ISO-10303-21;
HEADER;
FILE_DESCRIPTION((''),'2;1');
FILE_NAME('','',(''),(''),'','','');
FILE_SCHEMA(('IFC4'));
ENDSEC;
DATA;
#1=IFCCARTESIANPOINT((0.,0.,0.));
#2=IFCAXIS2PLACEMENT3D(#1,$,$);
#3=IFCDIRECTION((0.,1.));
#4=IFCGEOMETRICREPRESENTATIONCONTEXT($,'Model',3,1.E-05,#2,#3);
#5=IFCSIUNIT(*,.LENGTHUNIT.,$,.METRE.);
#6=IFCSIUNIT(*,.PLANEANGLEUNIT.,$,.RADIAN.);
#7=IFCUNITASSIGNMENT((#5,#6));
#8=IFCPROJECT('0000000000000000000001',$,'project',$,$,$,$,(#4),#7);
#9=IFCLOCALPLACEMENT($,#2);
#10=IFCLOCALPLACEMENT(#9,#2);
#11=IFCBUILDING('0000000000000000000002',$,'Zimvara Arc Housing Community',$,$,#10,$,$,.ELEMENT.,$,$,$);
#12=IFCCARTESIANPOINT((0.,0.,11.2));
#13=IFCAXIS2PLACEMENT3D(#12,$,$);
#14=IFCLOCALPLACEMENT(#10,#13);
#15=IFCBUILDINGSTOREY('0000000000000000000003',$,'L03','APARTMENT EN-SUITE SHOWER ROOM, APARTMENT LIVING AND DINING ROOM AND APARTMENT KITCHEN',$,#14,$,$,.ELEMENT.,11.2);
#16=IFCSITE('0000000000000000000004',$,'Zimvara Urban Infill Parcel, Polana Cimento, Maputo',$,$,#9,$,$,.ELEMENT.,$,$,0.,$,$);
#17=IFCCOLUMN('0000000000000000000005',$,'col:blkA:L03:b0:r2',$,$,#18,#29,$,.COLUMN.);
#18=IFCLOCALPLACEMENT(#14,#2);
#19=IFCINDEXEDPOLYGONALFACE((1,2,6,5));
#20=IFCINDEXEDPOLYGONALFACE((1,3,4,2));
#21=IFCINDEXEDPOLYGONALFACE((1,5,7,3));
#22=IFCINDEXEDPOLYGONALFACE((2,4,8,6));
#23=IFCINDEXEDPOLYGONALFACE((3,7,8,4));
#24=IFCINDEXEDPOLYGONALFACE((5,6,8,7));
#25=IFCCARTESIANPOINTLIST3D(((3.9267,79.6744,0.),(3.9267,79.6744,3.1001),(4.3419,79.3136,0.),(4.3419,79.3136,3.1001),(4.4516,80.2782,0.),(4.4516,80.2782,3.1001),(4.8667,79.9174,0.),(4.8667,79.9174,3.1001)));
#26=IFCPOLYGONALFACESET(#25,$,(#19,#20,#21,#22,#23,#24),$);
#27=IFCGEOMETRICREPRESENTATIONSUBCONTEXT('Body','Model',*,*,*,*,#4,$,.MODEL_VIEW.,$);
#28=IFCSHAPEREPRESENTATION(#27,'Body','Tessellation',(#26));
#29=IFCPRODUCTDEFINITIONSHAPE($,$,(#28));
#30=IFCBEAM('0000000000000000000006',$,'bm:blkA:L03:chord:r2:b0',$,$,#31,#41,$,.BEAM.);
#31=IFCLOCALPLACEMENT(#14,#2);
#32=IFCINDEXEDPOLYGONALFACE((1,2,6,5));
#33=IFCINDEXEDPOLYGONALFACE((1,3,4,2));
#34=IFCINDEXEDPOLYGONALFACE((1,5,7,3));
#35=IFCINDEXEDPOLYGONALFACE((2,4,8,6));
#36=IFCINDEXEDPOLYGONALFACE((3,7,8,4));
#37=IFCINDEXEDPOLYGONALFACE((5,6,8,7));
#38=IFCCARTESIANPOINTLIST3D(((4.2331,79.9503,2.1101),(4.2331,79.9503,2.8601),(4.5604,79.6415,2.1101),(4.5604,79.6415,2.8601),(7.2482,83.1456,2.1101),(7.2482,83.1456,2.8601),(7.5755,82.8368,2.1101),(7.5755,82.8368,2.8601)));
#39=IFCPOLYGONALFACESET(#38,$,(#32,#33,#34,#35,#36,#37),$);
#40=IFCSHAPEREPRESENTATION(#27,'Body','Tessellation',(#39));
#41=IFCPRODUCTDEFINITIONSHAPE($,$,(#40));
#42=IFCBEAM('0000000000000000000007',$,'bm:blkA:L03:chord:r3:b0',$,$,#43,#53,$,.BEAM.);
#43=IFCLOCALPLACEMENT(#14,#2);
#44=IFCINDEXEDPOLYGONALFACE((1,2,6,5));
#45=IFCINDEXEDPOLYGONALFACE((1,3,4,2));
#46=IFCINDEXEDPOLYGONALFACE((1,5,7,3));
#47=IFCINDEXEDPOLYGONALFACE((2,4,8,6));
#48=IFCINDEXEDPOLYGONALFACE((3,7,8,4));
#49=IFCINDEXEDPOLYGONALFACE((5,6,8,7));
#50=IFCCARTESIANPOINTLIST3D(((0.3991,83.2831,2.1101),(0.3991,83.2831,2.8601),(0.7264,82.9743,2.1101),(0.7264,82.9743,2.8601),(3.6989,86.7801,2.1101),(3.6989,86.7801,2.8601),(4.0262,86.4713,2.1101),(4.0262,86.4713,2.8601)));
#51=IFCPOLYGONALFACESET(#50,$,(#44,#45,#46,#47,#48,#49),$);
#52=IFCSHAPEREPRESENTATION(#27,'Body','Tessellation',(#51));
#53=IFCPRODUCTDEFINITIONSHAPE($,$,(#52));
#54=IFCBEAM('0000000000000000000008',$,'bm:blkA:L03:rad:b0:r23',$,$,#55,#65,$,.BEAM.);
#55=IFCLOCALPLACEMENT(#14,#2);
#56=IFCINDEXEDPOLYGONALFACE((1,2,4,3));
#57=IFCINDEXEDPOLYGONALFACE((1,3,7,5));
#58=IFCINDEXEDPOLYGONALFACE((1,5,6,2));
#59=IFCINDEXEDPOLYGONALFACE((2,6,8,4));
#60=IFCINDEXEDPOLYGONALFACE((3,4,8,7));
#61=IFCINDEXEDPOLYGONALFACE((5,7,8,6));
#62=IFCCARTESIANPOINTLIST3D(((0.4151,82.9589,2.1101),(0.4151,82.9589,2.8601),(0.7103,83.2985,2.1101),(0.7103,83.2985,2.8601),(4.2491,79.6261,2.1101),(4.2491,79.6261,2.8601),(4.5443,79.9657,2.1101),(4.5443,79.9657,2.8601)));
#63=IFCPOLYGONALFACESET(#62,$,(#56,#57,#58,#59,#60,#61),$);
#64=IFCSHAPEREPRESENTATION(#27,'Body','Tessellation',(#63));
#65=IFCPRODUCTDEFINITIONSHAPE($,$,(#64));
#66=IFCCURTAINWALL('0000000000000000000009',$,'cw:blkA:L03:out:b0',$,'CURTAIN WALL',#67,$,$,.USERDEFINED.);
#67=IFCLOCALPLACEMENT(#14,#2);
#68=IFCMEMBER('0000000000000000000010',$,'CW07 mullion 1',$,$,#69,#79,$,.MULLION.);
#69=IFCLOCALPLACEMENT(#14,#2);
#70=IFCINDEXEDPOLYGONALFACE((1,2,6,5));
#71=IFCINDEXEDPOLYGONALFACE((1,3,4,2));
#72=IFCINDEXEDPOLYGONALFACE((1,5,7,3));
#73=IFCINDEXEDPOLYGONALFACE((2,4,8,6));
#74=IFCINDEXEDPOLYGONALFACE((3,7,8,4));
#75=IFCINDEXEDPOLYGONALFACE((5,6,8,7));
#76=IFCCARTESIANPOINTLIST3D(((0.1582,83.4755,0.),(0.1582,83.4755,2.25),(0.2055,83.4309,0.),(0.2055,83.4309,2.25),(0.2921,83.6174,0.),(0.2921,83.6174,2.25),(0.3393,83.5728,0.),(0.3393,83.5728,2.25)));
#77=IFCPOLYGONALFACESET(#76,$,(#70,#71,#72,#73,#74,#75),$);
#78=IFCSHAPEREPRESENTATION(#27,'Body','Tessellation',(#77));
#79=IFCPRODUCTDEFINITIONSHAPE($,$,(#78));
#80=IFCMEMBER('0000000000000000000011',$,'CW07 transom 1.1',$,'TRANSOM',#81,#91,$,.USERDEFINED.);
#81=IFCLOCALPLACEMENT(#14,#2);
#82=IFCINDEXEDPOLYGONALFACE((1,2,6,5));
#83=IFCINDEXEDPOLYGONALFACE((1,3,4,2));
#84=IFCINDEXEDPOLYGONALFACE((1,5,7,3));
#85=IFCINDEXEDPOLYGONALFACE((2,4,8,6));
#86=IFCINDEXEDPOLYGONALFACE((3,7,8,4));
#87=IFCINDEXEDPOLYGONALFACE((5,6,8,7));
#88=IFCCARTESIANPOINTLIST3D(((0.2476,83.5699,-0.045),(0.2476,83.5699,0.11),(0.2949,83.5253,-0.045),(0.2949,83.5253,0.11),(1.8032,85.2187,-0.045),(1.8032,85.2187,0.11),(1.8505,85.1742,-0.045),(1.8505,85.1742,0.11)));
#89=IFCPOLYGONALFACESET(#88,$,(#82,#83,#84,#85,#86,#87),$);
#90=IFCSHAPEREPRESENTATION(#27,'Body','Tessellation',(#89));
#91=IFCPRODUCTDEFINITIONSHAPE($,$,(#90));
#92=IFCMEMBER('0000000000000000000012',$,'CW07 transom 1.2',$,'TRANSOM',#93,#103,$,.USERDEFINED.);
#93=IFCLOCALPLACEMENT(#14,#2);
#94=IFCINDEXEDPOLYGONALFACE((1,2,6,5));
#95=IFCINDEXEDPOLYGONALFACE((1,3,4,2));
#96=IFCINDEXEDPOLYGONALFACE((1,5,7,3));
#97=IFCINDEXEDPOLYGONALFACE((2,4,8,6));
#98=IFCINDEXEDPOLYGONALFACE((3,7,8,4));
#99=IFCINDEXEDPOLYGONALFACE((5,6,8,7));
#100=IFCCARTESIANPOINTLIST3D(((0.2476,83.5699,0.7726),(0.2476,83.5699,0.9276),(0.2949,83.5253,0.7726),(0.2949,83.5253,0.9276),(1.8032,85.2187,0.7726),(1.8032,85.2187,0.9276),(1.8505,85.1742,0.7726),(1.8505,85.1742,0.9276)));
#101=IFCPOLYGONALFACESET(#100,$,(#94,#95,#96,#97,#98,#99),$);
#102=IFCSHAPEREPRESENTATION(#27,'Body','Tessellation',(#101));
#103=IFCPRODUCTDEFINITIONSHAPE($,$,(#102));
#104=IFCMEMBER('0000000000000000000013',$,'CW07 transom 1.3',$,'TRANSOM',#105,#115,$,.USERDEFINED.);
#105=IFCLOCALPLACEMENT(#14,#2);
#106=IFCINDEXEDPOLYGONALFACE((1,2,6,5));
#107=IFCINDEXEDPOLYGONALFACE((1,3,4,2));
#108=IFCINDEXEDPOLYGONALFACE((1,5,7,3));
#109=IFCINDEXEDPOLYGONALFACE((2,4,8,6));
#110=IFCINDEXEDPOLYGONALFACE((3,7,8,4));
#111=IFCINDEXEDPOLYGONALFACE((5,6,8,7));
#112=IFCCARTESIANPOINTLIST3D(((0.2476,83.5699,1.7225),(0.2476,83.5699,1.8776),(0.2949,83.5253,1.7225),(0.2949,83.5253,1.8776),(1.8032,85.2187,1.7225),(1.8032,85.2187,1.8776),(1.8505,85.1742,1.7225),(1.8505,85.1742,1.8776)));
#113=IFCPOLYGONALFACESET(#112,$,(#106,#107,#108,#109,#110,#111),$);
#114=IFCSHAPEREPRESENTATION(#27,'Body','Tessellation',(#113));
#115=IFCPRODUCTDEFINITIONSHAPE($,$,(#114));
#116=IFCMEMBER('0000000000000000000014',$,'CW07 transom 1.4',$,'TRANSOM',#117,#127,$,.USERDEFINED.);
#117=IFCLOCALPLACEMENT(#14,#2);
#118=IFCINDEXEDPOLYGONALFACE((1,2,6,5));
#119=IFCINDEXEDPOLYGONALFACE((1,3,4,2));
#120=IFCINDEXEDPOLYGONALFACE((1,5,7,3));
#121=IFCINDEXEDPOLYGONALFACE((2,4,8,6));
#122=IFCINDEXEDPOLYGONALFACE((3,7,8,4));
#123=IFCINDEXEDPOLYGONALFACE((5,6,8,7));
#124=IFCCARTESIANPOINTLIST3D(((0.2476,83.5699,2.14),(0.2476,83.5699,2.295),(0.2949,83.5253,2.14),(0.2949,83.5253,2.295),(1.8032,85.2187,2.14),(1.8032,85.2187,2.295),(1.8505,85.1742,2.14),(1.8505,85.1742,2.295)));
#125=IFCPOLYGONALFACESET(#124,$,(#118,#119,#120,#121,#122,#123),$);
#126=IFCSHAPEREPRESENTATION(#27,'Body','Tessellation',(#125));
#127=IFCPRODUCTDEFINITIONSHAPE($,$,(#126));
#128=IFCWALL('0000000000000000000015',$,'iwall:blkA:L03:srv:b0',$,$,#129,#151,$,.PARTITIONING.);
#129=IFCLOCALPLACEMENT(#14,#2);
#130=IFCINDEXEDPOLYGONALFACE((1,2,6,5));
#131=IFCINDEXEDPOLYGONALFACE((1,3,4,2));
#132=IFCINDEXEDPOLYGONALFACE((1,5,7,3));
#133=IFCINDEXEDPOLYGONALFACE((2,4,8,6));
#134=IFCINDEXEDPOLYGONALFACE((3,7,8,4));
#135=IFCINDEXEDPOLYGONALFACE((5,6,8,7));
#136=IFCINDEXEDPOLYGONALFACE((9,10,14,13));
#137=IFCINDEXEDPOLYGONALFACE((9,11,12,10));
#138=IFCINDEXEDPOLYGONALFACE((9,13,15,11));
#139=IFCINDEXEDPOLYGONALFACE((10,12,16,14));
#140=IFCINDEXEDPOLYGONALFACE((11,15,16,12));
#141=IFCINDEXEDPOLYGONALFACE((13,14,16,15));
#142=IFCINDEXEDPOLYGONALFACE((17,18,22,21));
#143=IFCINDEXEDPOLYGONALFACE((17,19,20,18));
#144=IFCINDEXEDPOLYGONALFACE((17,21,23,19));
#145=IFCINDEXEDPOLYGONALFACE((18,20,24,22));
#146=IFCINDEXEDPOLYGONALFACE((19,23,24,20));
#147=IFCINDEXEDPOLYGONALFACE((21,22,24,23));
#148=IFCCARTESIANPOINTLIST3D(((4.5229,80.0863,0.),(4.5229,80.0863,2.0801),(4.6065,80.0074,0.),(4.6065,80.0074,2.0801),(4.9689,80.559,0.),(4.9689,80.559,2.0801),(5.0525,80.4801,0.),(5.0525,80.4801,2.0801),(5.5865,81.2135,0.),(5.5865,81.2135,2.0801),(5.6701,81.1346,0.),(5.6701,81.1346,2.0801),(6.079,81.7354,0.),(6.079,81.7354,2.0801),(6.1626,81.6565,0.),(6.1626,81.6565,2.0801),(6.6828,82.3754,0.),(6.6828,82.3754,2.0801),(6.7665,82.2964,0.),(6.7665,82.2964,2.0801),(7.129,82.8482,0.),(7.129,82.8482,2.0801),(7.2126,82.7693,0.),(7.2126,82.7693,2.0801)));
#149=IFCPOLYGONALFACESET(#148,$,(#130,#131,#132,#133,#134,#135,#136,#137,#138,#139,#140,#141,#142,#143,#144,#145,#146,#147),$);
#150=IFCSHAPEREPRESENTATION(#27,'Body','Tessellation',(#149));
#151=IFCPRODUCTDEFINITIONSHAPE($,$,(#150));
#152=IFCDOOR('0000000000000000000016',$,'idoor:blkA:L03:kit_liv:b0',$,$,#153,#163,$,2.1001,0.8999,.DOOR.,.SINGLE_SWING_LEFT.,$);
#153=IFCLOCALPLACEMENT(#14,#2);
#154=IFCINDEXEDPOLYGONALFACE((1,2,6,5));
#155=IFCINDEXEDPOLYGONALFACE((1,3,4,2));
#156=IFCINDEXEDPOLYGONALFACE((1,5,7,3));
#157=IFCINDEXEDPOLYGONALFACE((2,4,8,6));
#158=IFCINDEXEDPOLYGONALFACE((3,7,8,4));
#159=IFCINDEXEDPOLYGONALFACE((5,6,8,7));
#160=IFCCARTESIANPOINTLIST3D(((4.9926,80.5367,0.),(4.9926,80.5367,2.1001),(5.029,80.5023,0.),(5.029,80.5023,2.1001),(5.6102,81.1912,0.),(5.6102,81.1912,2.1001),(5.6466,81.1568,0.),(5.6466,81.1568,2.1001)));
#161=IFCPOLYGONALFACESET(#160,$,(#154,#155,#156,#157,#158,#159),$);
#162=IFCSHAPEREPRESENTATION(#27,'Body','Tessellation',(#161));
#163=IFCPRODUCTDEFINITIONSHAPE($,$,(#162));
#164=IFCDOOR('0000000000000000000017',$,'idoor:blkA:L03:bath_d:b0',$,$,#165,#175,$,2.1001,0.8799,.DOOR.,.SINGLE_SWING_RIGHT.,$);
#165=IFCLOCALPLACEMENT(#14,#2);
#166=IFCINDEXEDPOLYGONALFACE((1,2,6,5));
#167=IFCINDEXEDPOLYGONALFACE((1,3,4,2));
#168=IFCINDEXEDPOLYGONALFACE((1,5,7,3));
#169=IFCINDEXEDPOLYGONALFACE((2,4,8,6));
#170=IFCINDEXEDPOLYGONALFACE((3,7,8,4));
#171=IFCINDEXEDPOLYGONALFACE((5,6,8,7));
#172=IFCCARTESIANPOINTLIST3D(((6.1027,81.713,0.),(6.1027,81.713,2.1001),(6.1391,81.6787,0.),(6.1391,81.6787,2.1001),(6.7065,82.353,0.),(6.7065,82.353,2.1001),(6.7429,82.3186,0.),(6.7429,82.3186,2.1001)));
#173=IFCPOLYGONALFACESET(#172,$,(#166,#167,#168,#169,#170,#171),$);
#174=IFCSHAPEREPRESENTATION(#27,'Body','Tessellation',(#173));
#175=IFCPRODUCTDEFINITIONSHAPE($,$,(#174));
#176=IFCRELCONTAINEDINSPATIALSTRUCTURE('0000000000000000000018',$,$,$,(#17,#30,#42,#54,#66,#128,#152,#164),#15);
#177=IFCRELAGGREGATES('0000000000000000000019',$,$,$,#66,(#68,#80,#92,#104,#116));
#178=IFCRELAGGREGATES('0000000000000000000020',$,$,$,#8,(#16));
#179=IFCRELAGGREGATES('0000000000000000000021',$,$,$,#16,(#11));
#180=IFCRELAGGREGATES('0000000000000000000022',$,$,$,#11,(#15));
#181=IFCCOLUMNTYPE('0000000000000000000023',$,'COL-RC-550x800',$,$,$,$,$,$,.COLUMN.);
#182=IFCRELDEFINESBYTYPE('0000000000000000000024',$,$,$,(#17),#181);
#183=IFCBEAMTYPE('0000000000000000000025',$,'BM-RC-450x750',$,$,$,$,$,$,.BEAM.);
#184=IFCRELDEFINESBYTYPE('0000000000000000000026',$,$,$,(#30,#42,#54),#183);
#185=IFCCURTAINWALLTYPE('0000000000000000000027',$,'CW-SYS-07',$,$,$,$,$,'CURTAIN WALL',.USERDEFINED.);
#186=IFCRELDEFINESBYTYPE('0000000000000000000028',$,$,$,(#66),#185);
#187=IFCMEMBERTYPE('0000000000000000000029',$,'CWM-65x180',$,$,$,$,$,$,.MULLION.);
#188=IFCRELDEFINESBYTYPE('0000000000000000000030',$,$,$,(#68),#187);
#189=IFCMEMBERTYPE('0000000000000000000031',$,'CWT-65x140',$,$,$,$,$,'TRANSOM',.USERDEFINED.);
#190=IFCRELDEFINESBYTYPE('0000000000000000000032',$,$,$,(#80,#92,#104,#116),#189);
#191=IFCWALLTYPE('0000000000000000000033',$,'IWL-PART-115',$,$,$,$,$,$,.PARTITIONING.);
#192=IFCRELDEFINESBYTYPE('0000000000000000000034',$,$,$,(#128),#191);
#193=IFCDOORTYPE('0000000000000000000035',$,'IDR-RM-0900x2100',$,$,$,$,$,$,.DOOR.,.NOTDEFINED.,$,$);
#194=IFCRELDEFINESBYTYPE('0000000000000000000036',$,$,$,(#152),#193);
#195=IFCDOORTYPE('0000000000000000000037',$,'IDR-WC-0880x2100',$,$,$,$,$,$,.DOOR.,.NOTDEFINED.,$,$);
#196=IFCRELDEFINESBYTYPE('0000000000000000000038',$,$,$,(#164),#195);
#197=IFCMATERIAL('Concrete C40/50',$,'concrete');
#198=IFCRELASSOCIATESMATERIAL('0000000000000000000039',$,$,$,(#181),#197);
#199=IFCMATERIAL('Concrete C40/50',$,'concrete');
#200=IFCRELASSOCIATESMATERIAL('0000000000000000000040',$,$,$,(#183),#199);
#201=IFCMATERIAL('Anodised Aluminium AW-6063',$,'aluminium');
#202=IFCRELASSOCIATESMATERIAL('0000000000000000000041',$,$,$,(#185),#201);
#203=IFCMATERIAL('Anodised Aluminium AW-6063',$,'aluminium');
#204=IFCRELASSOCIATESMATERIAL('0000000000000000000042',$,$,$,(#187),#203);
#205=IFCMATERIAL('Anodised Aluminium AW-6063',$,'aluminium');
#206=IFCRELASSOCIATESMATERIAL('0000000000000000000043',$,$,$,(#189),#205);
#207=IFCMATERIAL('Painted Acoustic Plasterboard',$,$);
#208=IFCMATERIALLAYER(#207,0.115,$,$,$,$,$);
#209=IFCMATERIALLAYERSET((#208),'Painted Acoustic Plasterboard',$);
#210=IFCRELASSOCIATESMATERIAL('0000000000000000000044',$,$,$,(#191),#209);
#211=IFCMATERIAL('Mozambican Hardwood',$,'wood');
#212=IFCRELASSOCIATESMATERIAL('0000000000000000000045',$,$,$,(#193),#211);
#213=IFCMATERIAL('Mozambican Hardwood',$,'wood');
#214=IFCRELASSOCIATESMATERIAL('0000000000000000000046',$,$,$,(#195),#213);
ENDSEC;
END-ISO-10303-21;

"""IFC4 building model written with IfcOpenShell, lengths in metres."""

from ifc_helpers import new_model, si_unit, direction, frame, frame_2d, origin, origin_2d, place, context, subcontext, project, spatial, rectangle, extrude, material, layer, layer_set, material_profile, profile_set, type_object, element, fill, aggregate, save


model = new_model("IFC4")

# Units and contexts
model_context = context("Model", 3, precision=1e-05, world=origin(), true_north=direction((0.0, 1.0)))
body_context = subcontext(model_context, "Body", "Model", "MODEL_VIEW")
ifc_project = project(units=[si_unit("LENGTHUNIT", "METRE"), si_unit("PLANEANGLEUNIT", "RADIAN")], contexts=[model_context])

# Site, building, storey
site_placement = place(None, origin())
site = spatial("IfcSite", under=ifc_project, at=site_placement, Name="Zimvara Urban Infill Parcel, Polana Cimento, Maputo", CompositionType="ELEMENT", RefElevation=0.0)
building_placement = place(site_placement, origin())
building = spatial("IfcBuilding", under=site, at=building_placement, Name="Zimvara Arc Housing Community", CompositionType="ELEMENT")
storey_placement = place(building_placement, frame((0.0, 0.0, 11.2)))
storey = spatial("IfcBuildingStorey", under=building, at=storey_placement, Name="L03", Description="APARTMENT EN-SUITE SHOWER ROOM, APARTMENT LIVING AND DINING ROOM AND APARTMENT KITCHEN", CompositionType="ELEMENT", Elevation=11.2)

# Column
ifc_material_1 = material(Name="Concrete C40/50", Category="concrete")
ifc_material_profile_1 = material_profile(ifc_material_1, rectangle(XDim=0.55, YDim=0.8, at=origin_2d()), Name="RC 550x800")
ifc_profile_set_1 = profile_set([ifc_material_profile_1], Name="Concrete C40/50")
column_type_1 = type_object("IfcColumnType", Name="COL-RC-550x800", PredefinedType="COLUMN", material=ifc_profile_set_1)
column_1_placement = place(storey_placement, frame((4.3967, 79.7959, 0.0), z_axis=(0.0, 0.0, 1.0), x_axis=(-0.75471, 0.656059, 0.0)))
element("IfcColumn", 1, at=column_1_placement, inside=storey, type_object=column_type_1, Name="col:blkA:L03:b0:r2", PredefinedType="COLUMN", context=body_context, shape_type="SweptSolid", body=[
    extrude(rectangle(XDim=0.55, YDim=0.8, at=origin_2d()), origin(), (0.0, 0.0, 1.0), 3.1001),
])

# Beams
ifc_material_2 = material(Name="Concrete C40/50", Category="concrete")
ifc_material_profile_2 = material_profile(ifc_material_2, rectangle(XDim=0.45, YDim=0.75, at=origin_2d()), Name="RC 450x750")
ifc_profile_set_2 = profile_set([ifc_material_profile_2], Name="Concrete C40/50")
beam_type = type_object("IfcBeamType", Name="BM-RC-450x750", PredefinedType="BEAM", material=ifc_profile_set_2)
beam_1_placement = place(storey_placement, frame((4.3967, 79.7959, 2.4851), z_axis=(0.686304, 0.727315, 0.0), x_axis=(-0.727315, 0.686304, 0.0)))
element("IfcBeam", 2, at=beam_1_placement, inside=storey, type_object=beam_type, Name="bm:blkA:L03:chord:r2:b0", PredefinedType="BEAM", context=body_context, shape_type="SweptSolid", body=[
    extrude(rectangle(XDim=0.45, YDim=0.75, at=origin_2d()), origin(), (0.0, 0.0, 1.0), 4.3933),
])
beam_2_placement = place(storey_placement, frame((0.5627, 83.1287, 2.4851), z_axis=(0.686295, 0.727323, 0.0), x_axis=(-0.727323, 0.686295, 0.0)))
element("IfcBeam", 3, at=beam_2_placement, inside=storey, type_object=beam_type, Name="bm:blkA:L03:chord:r3:b0", PredefinedType="BEAM", context=body_context, shape_type="SweptSolid", body=[
    extrude(rectangle(XDim=0.45, YDim=0.75, at=origin_2d()), origin(), (0.0, 0.0, 1.0), 4.8081),
])
beam_3_placement = place(storey_placement, frame((4.3967, 79.7959, 2.4851), z_axis=(-0.754716, 0.656051, 0.0), x_axis=(-0.656051, -0.754716, 0.0)))
element("IfcBeam", 4, at=beam_3_placement, inside=storey, type_object=beam_type, Name="bm:blkA:L03:rad:b0:r23", PredefinedType="BEAM", context=body_context, shape_type="SweptSolid", body=[
    extrude(rectangle(XDim=0.45, YDim=0.75, at=origin_2d()), origin(), (0.0, 0.0, 1.0), 5.0801),
])

# Curtain wall, members
ifc_material_3 = material(Name="Anodised Aluminium AW-6063", Category="aluminium")
curtain_wall_type = type_object("IfcCurtainWallType", Name="CW-SYS-07", ElementType="CURTAIN WALL", PredefinedType="USERDEFINED", material=ifc_material_3)
curtain_wall_placement = place(storey_placement, origin())
curtain_wall = element("IfcCurtainWall", 5, at=curtain_wall_placement, inside=storey, type_object=curtain_wall_type, Name="cw:blkA:L03:out:b0", ObjectType="CURTAIN WALL", PredefinedType="USERDEFINED")
ifc_material_4 = material(Name="Anodised Aluminium AW-6063", Category="aluminium")
ifc_material_profile_3 = material_profile(ifc_material_4, rectangle(XDim=0.0649, YDim=0.1951, at=origin_2d()), Name="ALU 65x195")
ifc_profile_set_3 = profile_set([ifc_material_profile_3], Name="Anodised Aluminium AW-6063")
member_type_1 = type_object("IfcMemberType", Name="CWM-65x180", PredefinedType="MULLION", material=ifc_profile_set_3)
member_1_placement = place(storey_placement, frame((0.2488, 83.5242, 0.0), z_axis=(0.0, 0.0, 1.0), x_axis=(-0.727294, 0.686326, 0.0)))
member_1 = element("IfcMember", 6, at=member_1_placement, type_object=member_type_1, Name="CW07 mullion 1", PredefinedType="MULLION", context=body_context, shape_type="SweptSolid", body=[
    extrude(rectangle(XDim=0.0649, YDim=0.1951, at=origin_2d()), origin(), (0.0, 0.0, 1.0), 2.25),
])
ifc_material_5 = material(Name="Anodised Aluminium AW-6063", Category="aluminium")
ifc_material_profile_4 = material_profile(ifc_material_5, rectangle(XDim=0.0649, YDim=0.155, at=origin_2d()), Name="ALU 65x155")
ifc_profile_set_4 = profile_set([ifc_material_profile_4], Name="Anodised Aluminium AW-6063")
member_type_2 = type_object("IfcMemberType", Name="CWT-65x140", ElementType="TRANSOM", PredefinedType="USERDEFINED", material=ifc_profile_set_4)
member_2_placement = place(storey_placement, frame((0.2712, 83.5476, 0.0325), z_axis=(0.686238, 0.727377, 0.0), x_axis=(-0.727377, 0.686238, 0.0)))
member_2 = element("IfcMember", 7, at=member_2_placement, type_object=member_type_2, Name="CW07 transom 1.1", ObjectType="TRANSOM", PredefinedType="USERDEFINED", context=body_context, shape_type="SweptSolid", body=[
    extrude(rectangle(XDim=0.0649, YDim=0.155, at=origin_2d()), origin(), (0.0, 0.0, 1.0), 2.2668),
])
member_3_placement = place(storey_placement, frame((0.2712, 83.5476, 0.8501), z_axis=(0.686238, 0.727377, 0.0), x_axis=(-0.727377, 0.686238, 0.0)))
member_3 = element("IfcMember", 8, at=member_3_placement, type_object=member_type_2, Name="CW07 transom 1.2", ObjectType="TRANSOM", PredefinedType="USERDEFINED", context=body_context, shape_type="SweptSolid", body=[
    extrude(rectangle(XDim=0.0649, YDim=0.155, at=origin_2d()), origin(), (0.0, 0.0, 1.0), 2.2668),
])
member_4_placement = place(storey_placement, frame((0.2712, 83.5476, 1.8), z_axis=(0.686238, 0.727377, 0.0), x_axis=(-0.727377, 0.686238, 0.0)))
member_4 = element("IfcMember", 9, at=member_4_placement, type_object=member_type_2, Name="CW07 transom 1.3", ObjectType="TRANSOM", PredefinedType="USERDEFINED", context=body_context, shape_type="SweptSolid", body=[
    extrude(rectangle(XDim=0.0649, YDim=0.155, at=origin_2d()), origin(), (0.0, 0.0, 1.0), 2.2668),
])
member_5_placement = place(storey_placement, frame((0.2712, 83.5476, 2.2175), z_axis=(0.686238, 0.727377, 0.0), x_axis=(-0.727377, 0.686238, 0.0)))
member_5 = element("IfcMember", 10, at=member_5_placement, type_object=member_type_2, Name="CW07 transom 1.4", ObjectType="TRANSOM", PredefinedType="USERDEFINED", context=body_context, shape_type="SweptSolid", body=[
    extrude(rectangle(XDim=0.0649, YDim=0.155, at=origin_2d()), origin(), (0.0, 0.0, 1.0), 2.2668),
])
aggregate(curtain_wall, [member_1, member_2, member_3, member_4, member_5])

# Wall, openings, doors
ifc_material_6 = material(Name="Painted Acoustic Plasterboard")
ifc_layer_1 = layer(ifc_material_6, 0.115)
ifc_layer_set_1 = layer_set([ifc_layer_1], Name="Painted Acoustic Plasterboard")
wall_type_1 = type_object("IfcWallType", Name="IWL-PART-115", PredefinedType="PARTITIONING", material=ifc_layer_set_1)
wall_1_placement = place(storey_placement, frame((4.5647, 80.0469, 0.0), z_axis=(0.0, 0.0, 1.0), x_axis=(0.686301, 0.727318, 0.0)))
wall_1 = element("IfcWall", 11, at=wall_1_placement, inside=storey, type_object=wall_type_1, Name="iwall:blkA:L03:srv:b0", PredefinedType="PARTITIONING", context=body_context, shape_type="SweptSolid", body=[
    extrude(rectangle(XDim=3.7974, YDim=0.115, at=frame_2d((1.8987, 0.0))), origin(), (0.0, 0.0, 1.0), 2.0801),
])
opening_1_placement = place(wall_1_placement, frame((0.6499, 0.0, 0.0)))
opening_1 = element("IfcOpeningElement", 12, at=opening_1_placement, cuts=wall_1, PredefinedType="OPENING", context=body_context, shape_type="SweptSolid", body=[
    extrude(rectangle(XDim=0.8999, YDim=2.1001, at=frame_2d((0.45, 1.05))), frame((0.0, 0.0674, 0.0), z_axis=(0.0, -1.0, 0.0), x_axis=(1.0, 0.0, 0.0)), (0.0, 0.0, 1.0), 0.135),
])
opening_2_placement = place(wall_1_placement, frame((2.2673, 0.0, 0.0)))
opening_2 = element("IfcOpeningElement", 13, at=opening_2_placement, cuts=wall_1, PredefinedType="OPENING", context=body_context, shape_type="SweptSolid", body=[
    extrude(rectangle(XDim=0.8799, YDim=2.1001, at=frame_2d((0.4399, 1.05))), frame((0.0, 0.0674, 0.0), z_axis=(0.0, -1.0, 0.0), x_axis=(1.0, 0.0, 0.0)), (0.0, 0.0, 1.0), 0.135),
])
ifc_material_7 = material(Name="Mozambican Hardwood", Category="wood")
door_type_1 = type_object("IfcDoorType", Name="IDR-RM-0900x2100", OperationType="NOTDEFINED", PredefinedType="DOOR", material=ifc_material_7)
door_1_placement = place(opening_1_placement, origin())
door_1 = element("IfcDoor", 14, at=door_1_placement, inside=storey, type_object=door_type_1, Name="idoor:blkA:L03:kit_liv:b0", OperationType="SINGLE_SWING_LEFT", OverallHeight=2.1001, OverallWidth=0.8999, PredefinedType="DOOR", context=body_context, shape_type="SweptSolid", body=[
    extrude(rectangle(XDim=0.8999, YDim=2.1001, at=frame_2d((0.45, 1.05))), frame((0.0, 0.0249, 0.0), z_axis=(0.0, -1.0, 0.0), x_axis=(1.0, 0.0, 0.0)), (0.0, 0.0, 1.0), 0.05),
])
fill(opening_1, door_1)
ifc_material_8 = material(Name="Mozambican Hardwood", Category="wood")
door_type_2 = type_object("IfcDoorType", Name="IDR-WC-0880x2100", OperationType="NOTDEFINED", PredefinedType="DOOR", material=ifc_material_8)
door_2_placement = place(opening_2_placement, origin())
door_2 = element("IfcDoor", 15, at=door_2_placement, inside=storey, type_object=door_type_2, Name="idoor:blkA:L03:bath_d:b0", OperationType="SINGLE_SWING_RIGHT", OverallHeight=2.1001, OverallWidth=0.8799, PredefinedType="DOOR", context=body_context, shape_type="SweptSolid", body=[
    extrude(rectangle(XDim=0.8799, YDim=2.1001, at=frame_2d((0.4399, 1.05))), frame((0.0, 0.0249, 0.0), z_axis=(0.0, -1.0, 0.0), x_axis=(1.0, 0.0, 0.0)), (0.0, 0.0, 1.0), 0.05),
])
fill(opening_2, door_2)

save(model, "model.ifc")
